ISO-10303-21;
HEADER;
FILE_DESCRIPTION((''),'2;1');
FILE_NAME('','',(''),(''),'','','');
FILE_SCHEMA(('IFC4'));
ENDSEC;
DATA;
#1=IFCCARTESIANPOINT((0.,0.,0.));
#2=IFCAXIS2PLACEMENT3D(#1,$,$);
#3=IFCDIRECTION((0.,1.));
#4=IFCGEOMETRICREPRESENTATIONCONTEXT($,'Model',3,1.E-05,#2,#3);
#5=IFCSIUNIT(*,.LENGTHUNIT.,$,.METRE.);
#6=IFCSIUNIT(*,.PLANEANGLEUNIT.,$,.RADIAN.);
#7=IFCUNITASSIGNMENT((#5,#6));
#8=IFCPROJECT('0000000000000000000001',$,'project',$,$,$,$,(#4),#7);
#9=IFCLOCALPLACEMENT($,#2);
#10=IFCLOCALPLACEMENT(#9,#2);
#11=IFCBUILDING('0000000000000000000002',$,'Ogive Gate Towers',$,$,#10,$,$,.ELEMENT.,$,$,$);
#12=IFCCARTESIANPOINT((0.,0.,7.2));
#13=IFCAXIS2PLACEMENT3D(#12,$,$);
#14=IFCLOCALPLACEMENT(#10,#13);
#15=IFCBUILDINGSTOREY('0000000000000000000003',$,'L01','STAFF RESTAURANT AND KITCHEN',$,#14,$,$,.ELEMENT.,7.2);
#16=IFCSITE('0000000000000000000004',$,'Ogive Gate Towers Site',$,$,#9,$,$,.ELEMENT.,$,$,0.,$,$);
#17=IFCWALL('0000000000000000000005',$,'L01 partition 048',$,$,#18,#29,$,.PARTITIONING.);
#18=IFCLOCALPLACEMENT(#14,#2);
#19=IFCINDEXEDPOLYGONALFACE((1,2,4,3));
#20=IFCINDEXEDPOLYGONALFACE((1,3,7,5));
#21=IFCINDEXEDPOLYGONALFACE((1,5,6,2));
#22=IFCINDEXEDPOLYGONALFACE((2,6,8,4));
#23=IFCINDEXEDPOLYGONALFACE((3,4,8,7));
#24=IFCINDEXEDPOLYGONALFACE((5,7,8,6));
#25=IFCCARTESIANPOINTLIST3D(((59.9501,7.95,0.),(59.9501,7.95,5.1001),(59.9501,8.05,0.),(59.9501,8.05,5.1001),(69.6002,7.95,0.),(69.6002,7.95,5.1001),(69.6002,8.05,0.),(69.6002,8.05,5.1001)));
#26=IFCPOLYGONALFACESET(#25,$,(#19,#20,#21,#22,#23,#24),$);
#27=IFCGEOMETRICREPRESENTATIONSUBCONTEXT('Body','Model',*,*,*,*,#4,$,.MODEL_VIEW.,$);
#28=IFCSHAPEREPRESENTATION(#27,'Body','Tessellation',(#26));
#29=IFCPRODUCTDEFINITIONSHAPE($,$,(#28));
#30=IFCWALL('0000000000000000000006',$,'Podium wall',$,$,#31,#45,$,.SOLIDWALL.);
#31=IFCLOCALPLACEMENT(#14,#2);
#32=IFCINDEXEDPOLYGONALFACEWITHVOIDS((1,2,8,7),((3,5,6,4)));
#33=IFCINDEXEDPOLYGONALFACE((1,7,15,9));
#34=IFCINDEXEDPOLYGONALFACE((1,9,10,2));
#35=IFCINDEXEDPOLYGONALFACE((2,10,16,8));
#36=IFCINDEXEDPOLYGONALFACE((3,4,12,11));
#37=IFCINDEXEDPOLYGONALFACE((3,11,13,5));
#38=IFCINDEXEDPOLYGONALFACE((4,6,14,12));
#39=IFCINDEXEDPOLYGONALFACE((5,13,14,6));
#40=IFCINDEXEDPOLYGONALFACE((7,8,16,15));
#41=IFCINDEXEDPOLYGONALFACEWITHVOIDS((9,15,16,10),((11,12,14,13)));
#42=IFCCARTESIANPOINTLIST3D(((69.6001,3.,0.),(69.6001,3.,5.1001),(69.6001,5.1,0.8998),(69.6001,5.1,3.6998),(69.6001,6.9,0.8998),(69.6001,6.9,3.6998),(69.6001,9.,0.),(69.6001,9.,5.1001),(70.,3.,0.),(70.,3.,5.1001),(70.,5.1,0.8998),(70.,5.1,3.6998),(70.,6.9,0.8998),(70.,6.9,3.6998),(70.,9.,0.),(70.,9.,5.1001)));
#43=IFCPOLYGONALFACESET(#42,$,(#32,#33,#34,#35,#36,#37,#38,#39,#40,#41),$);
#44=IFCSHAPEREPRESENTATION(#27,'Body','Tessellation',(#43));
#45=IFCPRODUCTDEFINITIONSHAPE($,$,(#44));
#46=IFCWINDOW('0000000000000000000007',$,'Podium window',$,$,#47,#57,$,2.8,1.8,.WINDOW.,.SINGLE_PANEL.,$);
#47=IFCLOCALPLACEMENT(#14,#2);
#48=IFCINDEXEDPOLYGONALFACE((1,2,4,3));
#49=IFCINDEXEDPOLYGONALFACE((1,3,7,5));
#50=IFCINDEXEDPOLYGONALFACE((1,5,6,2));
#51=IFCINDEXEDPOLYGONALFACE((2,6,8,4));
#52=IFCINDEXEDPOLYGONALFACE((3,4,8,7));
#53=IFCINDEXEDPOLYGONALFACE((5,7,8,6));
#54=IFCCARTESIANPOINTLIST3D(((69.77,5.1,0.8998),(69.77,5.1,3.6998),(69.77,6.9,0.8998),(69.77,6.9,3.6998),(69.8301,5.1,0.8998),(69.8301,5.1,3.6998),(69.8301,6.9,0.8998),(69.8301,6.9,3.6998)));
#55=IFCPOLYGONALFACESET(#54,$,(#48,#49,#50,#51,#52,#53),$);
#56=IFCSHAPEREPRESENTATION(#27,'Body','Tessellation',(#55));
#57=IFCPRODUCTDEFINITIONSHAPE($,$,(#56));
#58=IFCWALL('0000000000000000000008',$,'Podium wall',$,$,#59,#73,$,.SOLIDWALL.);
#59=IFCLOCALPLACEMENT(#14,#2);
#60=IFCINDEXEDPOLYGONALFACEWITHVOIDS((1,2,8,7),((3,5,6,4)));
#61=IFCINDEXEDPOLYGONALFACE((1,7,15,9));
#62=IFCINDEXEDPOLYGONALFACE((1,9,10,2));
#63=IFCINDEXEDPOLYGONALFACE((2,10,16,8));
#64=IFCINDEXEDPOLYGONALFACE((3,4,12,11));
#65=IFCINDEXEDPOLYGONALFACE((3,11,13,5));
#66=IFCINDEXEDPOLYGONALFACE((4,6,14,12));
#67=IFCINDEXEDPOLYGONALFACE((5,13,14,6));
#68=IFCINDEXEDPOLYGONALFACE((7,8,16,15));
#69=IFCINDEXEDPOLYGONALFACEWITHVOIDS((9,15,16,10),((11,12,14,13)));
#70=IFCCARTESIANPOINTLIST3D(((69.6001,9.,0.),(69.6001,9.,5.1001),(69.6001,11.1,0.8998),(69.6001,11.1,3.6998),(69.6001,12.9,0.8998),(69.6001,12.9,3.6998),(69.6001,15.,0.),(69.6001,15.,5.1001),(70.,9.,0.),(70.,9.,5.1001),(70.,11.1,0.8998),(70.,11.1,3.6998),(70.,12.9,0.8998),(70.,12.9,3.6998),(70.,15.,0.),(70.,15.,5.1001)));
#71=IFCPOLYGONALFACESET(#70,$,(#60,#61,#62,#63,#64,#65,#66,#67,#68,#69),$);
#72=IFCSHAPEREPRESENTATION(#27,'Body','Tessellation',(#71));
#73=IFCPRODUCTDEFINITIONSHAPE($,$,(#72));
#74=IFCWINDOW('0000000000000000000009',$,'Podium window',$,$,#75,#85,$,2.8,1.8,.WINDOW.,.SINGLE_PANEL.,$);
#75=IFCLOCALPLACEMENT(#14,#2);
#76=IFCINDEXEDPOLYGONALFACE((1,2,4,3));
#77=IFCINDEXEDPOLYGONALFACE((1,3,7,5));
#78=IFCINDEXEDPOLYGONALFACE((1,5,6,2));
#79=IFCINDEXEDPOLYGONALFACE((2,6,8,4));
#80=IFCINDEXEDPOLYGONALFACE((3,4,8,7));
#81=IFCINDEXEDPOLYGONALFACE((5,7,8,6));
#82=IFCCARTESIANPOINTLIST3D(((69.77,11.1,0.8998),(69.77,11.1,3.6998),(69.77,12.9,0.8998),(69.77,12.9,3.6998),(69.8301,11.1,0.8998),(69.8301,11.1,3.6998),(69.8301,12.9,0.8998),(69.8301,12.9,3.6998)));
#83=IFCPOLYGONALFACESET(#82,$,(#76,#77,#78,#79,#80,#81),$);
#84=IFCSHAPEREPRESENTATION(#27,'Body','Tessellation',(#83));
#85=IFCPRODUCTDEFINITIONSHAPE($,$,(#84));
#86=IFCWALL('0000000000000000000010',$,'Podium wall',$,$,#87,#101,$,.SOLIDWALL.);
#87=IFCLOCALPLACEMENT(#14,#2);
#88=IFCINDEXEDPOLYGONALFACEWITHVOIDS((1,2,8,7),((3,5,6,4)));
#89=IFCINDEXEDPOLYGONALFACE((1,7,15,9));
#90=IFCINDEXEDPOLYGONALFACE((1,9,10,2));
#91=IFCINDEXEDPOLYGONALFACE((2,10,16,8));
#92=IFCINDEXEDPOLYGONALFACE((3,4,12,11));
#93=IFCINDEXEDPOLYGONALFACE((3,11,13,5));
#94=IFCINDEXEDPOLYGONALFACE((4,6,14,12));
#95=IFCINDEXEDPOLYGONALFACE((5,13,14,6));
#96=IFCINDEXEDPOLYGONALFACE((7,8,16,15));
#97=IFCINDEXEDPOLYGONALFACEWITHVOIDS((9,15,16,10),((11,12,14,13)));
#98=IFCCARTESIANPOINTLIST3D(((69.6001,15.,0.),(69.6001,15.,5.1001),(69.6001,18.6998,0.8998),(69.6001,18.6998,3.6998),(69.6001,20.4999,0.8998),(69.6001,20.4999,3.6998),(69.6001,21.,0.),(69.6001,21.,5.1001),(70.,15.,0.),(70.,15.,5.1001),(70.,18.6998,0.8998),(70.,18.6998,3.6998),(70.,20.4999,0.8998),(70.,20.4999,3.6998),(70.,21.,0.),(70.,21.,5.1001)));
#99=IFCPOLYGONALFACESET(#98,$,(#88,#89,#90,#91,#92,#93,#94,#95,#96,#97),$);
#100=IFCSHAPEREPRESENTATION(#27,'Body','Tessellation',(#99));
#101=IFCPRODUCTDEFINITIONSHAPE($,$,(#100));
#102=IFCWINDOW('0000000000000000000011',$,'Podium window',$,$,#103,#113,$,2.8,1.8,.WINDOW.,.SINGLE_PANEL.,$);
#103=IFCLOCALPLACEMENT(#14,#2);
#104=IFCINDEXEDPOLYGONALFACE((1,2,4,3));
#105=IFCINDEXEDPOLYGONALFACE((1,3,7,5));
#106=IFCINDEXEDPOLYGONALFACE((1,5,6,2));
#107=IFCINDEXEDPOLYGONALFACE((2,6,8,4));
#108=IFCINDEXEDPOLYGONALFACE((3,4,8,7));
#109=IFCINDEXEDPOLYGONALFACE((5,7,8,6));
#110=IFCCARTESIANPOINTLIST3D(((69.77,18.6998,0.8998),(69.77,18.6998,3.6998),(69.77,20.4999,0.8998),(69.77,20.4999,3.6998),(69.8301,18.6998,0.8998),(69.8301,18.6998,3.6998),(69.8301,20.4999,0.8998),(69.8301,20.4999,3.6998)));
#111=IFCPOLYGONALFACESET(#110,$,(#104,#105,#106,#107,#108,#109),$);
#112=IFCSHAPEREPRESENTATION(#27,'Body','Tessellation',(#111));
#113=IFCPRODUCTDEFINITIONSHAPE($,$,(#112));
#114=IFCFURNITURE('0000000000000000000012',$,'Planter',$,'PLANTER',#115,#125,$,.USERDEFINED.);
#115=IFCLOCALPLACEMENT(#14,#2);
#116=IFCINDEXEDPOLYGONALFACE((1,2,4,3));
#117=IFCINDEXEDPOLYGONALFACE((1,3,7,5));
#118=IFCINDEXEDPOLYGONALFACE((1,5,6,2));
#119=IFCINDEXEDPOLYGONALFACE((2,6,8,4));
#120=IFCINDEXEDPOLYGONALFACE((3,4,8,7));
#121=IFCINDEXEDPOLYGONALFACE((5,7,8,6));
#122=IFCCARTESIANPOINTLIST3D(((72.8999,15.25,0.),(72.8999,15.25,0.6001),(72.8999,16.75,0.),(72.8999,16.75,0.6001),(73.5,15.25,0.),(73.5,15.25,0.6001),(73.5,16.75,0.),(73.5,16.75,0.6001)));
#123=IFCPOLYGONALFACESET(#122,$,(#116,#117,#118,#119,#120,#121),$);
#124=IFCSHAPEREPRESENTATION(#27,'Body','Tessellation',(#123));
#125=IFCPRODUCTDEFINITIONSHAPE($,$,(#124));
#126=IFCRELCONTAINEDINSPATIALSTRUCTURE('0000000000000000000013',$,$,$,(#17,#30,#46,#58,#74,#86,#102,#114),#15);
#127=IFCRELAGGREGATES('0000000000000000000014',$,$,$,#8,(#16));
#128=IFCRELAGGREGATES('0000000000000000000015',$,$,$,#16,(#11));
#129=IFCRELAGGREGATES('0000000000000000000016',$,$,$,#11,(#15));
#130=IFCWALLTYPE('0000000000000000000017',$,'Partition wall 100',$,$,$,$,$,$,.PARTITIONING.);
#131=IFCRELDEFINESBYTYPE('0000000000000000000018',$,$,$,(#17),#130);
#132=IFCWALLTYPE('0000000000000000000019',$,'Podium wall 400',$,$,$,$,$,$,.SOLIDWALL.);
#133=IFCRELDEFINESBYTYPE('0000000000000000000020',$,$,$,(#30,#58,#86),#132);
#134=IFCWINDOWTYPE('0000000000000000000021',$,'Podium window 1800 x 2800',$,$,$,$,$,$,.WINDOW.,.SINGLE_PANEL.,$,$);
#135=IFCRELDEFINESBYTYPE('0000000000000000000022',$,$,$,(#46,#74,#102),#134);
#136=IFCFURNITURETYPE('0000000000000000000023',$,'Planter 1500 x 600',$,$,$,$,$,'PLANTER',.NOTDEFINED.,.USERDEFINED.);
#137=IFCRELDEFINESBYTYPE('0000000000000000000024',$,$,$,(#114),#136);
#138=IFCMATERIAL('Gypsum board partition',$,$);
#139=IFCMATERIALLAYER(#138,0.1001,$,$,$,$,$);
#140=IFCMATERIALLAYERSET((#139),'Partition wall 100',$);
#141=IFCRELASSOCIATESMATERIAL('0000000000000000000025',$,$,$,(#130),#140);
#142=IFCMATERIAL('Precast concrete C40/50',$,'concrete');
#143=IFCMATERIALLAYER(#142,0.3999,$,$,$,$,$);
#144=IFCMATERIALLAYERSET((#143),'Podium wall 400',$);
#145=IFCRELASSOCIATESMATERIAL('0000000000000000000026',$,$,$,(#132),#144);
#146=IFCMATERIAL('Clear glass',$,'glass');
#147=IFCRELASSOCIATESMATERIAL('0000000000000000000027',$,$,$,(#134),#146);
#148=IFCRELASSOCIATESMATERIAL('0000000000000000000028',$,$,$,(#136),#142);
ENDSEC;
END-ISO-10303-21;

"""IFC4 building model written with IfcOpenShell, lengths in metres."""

from ifc_helpers import new_model, si_unit, direction, frame, frame_2d, origin, origin_2d, place, context, subcontext, project, spatial, rectangle, extrude, material, layer, layer_set, type_object, element, fill, save


model = new_model("IFC4")

# Units and contexts
model_context = context("Model", 3, precision=1e-05, world=origin(), true_north=direction((0.0, 1.0)))
body_context = subcontext(model_context, "Body", "Model", "MODEL_VIEW")
ifc_project = project(units=[si_unit("LENGTHUNIT", "METRE"), si_unit("PLANEANGLEUNIT", "RADIAN")], contexts=[model_context])

# Site, building, storey
site_placement = place(None, origin())
site = spatial("IfcSite", under=ifc_project, at=site_placement, Name="Ogive Gate Towers Site", CompositionType="ELEMENT", RefElevation=0.0)
building_placement = place(site_placement, origin())
building = spatial("IfcBuilding", under=site, at=building_placement, Name="Ogive Gate Towers", CompositionType="ELEMENT")
storey_placement = place(building_placement, frame((0.0, 0.0, 7.2)))
storey = spatial("IfcBuildingStorey", under=building, at=storey_placement, Name="L01", Description="STAFF RESTAURANT AND KITCHEN", CompositionType="ELEMENT", Elevation=7.2)

# Wall
ifc_material_1 = material(Name="Gypsum board partition")
ifc_layer_1 = layer(ifc_material_1, 0.1001)
ifc_layer_set_1 = layer_set([ifc_layer_1], Name="Partition wall 100")
wall_type_1 = type_object("IfcWallType", Name="Partition wall 100", PredefinedType="PARTITIONING", material=ifc_layer_set_1)
wall_1_placement = place(storey_placement, frame((59.95, 8.0, 0.0), z_axis=(0.0, 0.0, 1.0), x_axis=(1.0, 0.0, 0.0)))
element("IfcWall", 1, at=wall_1_placement, inside=storey, type_object=wall_type_1, Name="L01 partition 048", PredefinedType="PARTITIONING", context=body_context, shape_type="SweptSolid", body=[
    extrude(rectangle(XDim=9.6501, YDim=0.1001, at=frame_2d((4.8252, 0.0))), origin(), (0.0, 0.0, 1.0), 5.1001),
])

# Walls, openings, windows
ifc_material_2 = material(Name="Precast concrete C40/50", Category="concrete")
ifc_layer_2 = layer(ifc_material_2, 0.3999)
ifc_layer_set_2 = layer_set([ifc_layer_2], Name="Podium wall 400")
wall_type_2 = type_object("IfcWallType", Name="Podium wall 400", PredefinedType="SOLIDWALL", material=ifc_layer_set_2)
wall_2_placement = place(storey_placement, frame((69.8, 3.0, 0.0), z_axis=(0.0, 0.0, 1.0), x_axis=(0.0, 1.0, 0.0)))
wall_2 = element("IfcWall", 2, at=wall_2_placement, inside=storey, type_object=wall_type_2, Name="Podium wall", PredefinedType="SOLIDWALL", context=body_context, shape_type="SweptSolid", body=[
    extrude(rectangle(XDim=6.0, YDim=0.3999, at=frame_2d((3.0, 0.0))), origin(), (0.0, 0.0, 1.0), 5.1001),
])
opening_1_placement = place(wall_2_placement, frame((2.1001, 0.0, 0.8999)))
opening_1 = element("IfcOpeningElement", 3, at=opening_1_placement, cuts=wall_2, PredefinedType="OPENING", context=body_context, shape_type="SweptSolid", body=[
    extrude(rectangle(XDim=1.8, YDim=2.8, at=frame_2d((0.8999, 1.3999))), frame((0.0, 0.21, 0.0), z_axis=(0.0, -1.0, 0.0), x_axis=(1.0, 0.0, 0.0)), (0.0, 0.0, 1.0), 0.4199),
])
ifc_material_3 = material(Name="Clear glass", Category="glass")
window_type = type_object("IfcWindowType", Name="Podium window 1800 x 2800", PartitioningType="SINGLE_PANEL", PredefinedType="WINDOW", material=ifc_material_3)
window_1_placement = place(opening_1_placement, origin())
window_1 = element("IfcWindow", 4, at=window_1_placement, inside=storey, type_object=window_type, Name="Podium window", OverallHeight=2.8, OverallWidth=1.8, PartitioningType="SINGLE_PANEL", PredefinedType="WINDOW", context=body_context, shape_type="SweptSolid", body=[
    extrude(rectangle(XDim=1.8, YDim=2.8, at=frame_2d((0.8999, 1.3999))), frame((0.0, 0.03, 0.0), z_axis=(0.0, -1.0, 0.0), x_axis=(1.0, 0.0, 0.0)), (0.0, 0.0, 1.0), 0.0601),
])
fill(opening_1, window_1)
wall_3_placement = place(storey_placement, frame((69.8, 9.0, 0.0), z_axis=(0.0, 0.0, 1.0), x_axis=(0.0, 1.0, 0.0)))
wall_3 = element("IfcWall", 5, at=wall_3_placement, inside=storey, type_object=wall_type_2, Name="Podium wall", PredefinedType="SOLIDWALL", context=body_context, shape_type="SweptSolid", body=[
    extrude(rectangle(XDim=6.0, YDim=0.3999, at=frame_2d((3.0, 0.0))), origin(), (0.0, 0.0, 1.0), 5.1001),
])
opening_2_placement = place(wall_3_placement, frame((2.1001, 0.0, 0.8999)))
opening_2 = element("IfcOpeningElement", 6, at=opening_2_placement, cuts=wall_3, PredefinedType="OPENING", context=body_context, shape_type="SweptSolid", body=[
    extrude(rectangle(XDim=1.8, YDim=2.8, at=frame_2d((0.8999, 1.3999))), frame((0.0, 0.21, 0.0), z_axis=(0.0, -1.0, 0.0), x_axis=(1.0, 0.0, 0.0)), (0.0, 0.0, 1.0), 0.4199),
])
window_2_placement = place(opening_2_placement, origin())
window_2 = element("IfcWindow", 7, at=window_2_placement, inside=storey, type_object=window_type, Name="Podium window", OverallHeight=2.8, OverallWidth=1.8, PartitioningType="SINGLE_PANEL", PredefinedType="WINDOW", context=body_context, shape_type="SweptSolid", body=[
    extrude(rectangle(XDim=1.8, YDim=2.8, at=frame_2d((0.8999, 1.3999))), frame((0.0, 0.03, 0.0), z_axis=(0.0, -1.0, 0.0), x_axis=(1.0, 0.0, 0.0)), (0.0, 0.0, 1.0), 0.0601),
])
fill(opening_2, window_2)
wall_4_placement = place(storey_placement, frame((69.8, 15.0, 0.0), z_axis=(0.0, 0.0, 1.0), x_axis=(0.0, 1.0, 0.0)))
wall_4 = element("IfcWall", 8, at=wall_4_placement, inside=storey, type_object=wall_type_2, Name="Podium wall", PredefinedType="SOLIDWALL", context=body_context, shape_type="SweptSolid", body=[
    extrude(rectangle(XDim=6.0, YDim=0.3999, at=frame_2d((3.0, 0.0))), origin(), (0.0, 0.0, 1.0), 5.1001),
])
opening_3_placement = place(wall_4_placement, frame((3.7, 0.0, 0.8999)))
opening_3 = element("IfcOpeningElement", 9, at=opening_3_placement, cuts=wall_4, PredefinedType="OPENING", context=body_context, shape_type="SweptSolid", body=[
    extrude(rectangle(XDim=1.8, YDim=2.8, at=frame_2d((0.8999, 1.3999))), frame((0.0, 0.21, 0.0), z_axis=(0.0, -1.0, 0.0), x_axis=(1.0, 0.0, 0.0)), (0.0, 0.0, 1.0), 0.4199),
])
window_3_placement = place(opening_3_placement, origin())
window_3 = element("IfcWindow", 10, at=window_3_placement, inside=storey, type_object=window_type, Name="Podium window", OverallHeight=2.8, OverallWidth=1.8, PartitioningType="SINGLE_PANEL", PredefinedType="WINDOW", context=body_context, shape_type="SweptSolid", body=[
    extrude(rectangle(XDim=1.8, YDim=2.8, at=frame_2d((0.8999, 1.3999))), frame((0.0, 0.03, 0.0), z_axis=(0.0, -1.0, 0.0), x_axis=(1.0, 0.0, 0.0)), (0.0, 0.0, 1.0), 0.0601),
])
fill(opening_3, window_3)

# Furniture
furniture_type = type_object("IfcFurnitureType", Name="Planter 1500 x 600", ElementType="PLANTER", AssemblyPlace="NOTDEFINED", PredefinedType="USERDEFINED", material=ifc_material_2)
furniture_placement = place(storey_placement, frame((73.2, 16.0, 0.0), z_axis=(0.0, 0.0, 1.0), x_axis=(0.0, 1.0, 0.0)))
element("IfcFurniture", 11, at=furniture_placement, inside=storey, type_object=furniture_type, Name="Planter", ObjectType="PLANTER", PredefinedType="USERDEFINED", context=body_context, shape_type="SweptSolid", body=[
    extrude(rectangle(XDim=1.5, YDim=0.6001, at=origin_2d()), origin(), (0.0, 0.0, 1.0), 0.6001),
])

save(model, "model.ifc")
